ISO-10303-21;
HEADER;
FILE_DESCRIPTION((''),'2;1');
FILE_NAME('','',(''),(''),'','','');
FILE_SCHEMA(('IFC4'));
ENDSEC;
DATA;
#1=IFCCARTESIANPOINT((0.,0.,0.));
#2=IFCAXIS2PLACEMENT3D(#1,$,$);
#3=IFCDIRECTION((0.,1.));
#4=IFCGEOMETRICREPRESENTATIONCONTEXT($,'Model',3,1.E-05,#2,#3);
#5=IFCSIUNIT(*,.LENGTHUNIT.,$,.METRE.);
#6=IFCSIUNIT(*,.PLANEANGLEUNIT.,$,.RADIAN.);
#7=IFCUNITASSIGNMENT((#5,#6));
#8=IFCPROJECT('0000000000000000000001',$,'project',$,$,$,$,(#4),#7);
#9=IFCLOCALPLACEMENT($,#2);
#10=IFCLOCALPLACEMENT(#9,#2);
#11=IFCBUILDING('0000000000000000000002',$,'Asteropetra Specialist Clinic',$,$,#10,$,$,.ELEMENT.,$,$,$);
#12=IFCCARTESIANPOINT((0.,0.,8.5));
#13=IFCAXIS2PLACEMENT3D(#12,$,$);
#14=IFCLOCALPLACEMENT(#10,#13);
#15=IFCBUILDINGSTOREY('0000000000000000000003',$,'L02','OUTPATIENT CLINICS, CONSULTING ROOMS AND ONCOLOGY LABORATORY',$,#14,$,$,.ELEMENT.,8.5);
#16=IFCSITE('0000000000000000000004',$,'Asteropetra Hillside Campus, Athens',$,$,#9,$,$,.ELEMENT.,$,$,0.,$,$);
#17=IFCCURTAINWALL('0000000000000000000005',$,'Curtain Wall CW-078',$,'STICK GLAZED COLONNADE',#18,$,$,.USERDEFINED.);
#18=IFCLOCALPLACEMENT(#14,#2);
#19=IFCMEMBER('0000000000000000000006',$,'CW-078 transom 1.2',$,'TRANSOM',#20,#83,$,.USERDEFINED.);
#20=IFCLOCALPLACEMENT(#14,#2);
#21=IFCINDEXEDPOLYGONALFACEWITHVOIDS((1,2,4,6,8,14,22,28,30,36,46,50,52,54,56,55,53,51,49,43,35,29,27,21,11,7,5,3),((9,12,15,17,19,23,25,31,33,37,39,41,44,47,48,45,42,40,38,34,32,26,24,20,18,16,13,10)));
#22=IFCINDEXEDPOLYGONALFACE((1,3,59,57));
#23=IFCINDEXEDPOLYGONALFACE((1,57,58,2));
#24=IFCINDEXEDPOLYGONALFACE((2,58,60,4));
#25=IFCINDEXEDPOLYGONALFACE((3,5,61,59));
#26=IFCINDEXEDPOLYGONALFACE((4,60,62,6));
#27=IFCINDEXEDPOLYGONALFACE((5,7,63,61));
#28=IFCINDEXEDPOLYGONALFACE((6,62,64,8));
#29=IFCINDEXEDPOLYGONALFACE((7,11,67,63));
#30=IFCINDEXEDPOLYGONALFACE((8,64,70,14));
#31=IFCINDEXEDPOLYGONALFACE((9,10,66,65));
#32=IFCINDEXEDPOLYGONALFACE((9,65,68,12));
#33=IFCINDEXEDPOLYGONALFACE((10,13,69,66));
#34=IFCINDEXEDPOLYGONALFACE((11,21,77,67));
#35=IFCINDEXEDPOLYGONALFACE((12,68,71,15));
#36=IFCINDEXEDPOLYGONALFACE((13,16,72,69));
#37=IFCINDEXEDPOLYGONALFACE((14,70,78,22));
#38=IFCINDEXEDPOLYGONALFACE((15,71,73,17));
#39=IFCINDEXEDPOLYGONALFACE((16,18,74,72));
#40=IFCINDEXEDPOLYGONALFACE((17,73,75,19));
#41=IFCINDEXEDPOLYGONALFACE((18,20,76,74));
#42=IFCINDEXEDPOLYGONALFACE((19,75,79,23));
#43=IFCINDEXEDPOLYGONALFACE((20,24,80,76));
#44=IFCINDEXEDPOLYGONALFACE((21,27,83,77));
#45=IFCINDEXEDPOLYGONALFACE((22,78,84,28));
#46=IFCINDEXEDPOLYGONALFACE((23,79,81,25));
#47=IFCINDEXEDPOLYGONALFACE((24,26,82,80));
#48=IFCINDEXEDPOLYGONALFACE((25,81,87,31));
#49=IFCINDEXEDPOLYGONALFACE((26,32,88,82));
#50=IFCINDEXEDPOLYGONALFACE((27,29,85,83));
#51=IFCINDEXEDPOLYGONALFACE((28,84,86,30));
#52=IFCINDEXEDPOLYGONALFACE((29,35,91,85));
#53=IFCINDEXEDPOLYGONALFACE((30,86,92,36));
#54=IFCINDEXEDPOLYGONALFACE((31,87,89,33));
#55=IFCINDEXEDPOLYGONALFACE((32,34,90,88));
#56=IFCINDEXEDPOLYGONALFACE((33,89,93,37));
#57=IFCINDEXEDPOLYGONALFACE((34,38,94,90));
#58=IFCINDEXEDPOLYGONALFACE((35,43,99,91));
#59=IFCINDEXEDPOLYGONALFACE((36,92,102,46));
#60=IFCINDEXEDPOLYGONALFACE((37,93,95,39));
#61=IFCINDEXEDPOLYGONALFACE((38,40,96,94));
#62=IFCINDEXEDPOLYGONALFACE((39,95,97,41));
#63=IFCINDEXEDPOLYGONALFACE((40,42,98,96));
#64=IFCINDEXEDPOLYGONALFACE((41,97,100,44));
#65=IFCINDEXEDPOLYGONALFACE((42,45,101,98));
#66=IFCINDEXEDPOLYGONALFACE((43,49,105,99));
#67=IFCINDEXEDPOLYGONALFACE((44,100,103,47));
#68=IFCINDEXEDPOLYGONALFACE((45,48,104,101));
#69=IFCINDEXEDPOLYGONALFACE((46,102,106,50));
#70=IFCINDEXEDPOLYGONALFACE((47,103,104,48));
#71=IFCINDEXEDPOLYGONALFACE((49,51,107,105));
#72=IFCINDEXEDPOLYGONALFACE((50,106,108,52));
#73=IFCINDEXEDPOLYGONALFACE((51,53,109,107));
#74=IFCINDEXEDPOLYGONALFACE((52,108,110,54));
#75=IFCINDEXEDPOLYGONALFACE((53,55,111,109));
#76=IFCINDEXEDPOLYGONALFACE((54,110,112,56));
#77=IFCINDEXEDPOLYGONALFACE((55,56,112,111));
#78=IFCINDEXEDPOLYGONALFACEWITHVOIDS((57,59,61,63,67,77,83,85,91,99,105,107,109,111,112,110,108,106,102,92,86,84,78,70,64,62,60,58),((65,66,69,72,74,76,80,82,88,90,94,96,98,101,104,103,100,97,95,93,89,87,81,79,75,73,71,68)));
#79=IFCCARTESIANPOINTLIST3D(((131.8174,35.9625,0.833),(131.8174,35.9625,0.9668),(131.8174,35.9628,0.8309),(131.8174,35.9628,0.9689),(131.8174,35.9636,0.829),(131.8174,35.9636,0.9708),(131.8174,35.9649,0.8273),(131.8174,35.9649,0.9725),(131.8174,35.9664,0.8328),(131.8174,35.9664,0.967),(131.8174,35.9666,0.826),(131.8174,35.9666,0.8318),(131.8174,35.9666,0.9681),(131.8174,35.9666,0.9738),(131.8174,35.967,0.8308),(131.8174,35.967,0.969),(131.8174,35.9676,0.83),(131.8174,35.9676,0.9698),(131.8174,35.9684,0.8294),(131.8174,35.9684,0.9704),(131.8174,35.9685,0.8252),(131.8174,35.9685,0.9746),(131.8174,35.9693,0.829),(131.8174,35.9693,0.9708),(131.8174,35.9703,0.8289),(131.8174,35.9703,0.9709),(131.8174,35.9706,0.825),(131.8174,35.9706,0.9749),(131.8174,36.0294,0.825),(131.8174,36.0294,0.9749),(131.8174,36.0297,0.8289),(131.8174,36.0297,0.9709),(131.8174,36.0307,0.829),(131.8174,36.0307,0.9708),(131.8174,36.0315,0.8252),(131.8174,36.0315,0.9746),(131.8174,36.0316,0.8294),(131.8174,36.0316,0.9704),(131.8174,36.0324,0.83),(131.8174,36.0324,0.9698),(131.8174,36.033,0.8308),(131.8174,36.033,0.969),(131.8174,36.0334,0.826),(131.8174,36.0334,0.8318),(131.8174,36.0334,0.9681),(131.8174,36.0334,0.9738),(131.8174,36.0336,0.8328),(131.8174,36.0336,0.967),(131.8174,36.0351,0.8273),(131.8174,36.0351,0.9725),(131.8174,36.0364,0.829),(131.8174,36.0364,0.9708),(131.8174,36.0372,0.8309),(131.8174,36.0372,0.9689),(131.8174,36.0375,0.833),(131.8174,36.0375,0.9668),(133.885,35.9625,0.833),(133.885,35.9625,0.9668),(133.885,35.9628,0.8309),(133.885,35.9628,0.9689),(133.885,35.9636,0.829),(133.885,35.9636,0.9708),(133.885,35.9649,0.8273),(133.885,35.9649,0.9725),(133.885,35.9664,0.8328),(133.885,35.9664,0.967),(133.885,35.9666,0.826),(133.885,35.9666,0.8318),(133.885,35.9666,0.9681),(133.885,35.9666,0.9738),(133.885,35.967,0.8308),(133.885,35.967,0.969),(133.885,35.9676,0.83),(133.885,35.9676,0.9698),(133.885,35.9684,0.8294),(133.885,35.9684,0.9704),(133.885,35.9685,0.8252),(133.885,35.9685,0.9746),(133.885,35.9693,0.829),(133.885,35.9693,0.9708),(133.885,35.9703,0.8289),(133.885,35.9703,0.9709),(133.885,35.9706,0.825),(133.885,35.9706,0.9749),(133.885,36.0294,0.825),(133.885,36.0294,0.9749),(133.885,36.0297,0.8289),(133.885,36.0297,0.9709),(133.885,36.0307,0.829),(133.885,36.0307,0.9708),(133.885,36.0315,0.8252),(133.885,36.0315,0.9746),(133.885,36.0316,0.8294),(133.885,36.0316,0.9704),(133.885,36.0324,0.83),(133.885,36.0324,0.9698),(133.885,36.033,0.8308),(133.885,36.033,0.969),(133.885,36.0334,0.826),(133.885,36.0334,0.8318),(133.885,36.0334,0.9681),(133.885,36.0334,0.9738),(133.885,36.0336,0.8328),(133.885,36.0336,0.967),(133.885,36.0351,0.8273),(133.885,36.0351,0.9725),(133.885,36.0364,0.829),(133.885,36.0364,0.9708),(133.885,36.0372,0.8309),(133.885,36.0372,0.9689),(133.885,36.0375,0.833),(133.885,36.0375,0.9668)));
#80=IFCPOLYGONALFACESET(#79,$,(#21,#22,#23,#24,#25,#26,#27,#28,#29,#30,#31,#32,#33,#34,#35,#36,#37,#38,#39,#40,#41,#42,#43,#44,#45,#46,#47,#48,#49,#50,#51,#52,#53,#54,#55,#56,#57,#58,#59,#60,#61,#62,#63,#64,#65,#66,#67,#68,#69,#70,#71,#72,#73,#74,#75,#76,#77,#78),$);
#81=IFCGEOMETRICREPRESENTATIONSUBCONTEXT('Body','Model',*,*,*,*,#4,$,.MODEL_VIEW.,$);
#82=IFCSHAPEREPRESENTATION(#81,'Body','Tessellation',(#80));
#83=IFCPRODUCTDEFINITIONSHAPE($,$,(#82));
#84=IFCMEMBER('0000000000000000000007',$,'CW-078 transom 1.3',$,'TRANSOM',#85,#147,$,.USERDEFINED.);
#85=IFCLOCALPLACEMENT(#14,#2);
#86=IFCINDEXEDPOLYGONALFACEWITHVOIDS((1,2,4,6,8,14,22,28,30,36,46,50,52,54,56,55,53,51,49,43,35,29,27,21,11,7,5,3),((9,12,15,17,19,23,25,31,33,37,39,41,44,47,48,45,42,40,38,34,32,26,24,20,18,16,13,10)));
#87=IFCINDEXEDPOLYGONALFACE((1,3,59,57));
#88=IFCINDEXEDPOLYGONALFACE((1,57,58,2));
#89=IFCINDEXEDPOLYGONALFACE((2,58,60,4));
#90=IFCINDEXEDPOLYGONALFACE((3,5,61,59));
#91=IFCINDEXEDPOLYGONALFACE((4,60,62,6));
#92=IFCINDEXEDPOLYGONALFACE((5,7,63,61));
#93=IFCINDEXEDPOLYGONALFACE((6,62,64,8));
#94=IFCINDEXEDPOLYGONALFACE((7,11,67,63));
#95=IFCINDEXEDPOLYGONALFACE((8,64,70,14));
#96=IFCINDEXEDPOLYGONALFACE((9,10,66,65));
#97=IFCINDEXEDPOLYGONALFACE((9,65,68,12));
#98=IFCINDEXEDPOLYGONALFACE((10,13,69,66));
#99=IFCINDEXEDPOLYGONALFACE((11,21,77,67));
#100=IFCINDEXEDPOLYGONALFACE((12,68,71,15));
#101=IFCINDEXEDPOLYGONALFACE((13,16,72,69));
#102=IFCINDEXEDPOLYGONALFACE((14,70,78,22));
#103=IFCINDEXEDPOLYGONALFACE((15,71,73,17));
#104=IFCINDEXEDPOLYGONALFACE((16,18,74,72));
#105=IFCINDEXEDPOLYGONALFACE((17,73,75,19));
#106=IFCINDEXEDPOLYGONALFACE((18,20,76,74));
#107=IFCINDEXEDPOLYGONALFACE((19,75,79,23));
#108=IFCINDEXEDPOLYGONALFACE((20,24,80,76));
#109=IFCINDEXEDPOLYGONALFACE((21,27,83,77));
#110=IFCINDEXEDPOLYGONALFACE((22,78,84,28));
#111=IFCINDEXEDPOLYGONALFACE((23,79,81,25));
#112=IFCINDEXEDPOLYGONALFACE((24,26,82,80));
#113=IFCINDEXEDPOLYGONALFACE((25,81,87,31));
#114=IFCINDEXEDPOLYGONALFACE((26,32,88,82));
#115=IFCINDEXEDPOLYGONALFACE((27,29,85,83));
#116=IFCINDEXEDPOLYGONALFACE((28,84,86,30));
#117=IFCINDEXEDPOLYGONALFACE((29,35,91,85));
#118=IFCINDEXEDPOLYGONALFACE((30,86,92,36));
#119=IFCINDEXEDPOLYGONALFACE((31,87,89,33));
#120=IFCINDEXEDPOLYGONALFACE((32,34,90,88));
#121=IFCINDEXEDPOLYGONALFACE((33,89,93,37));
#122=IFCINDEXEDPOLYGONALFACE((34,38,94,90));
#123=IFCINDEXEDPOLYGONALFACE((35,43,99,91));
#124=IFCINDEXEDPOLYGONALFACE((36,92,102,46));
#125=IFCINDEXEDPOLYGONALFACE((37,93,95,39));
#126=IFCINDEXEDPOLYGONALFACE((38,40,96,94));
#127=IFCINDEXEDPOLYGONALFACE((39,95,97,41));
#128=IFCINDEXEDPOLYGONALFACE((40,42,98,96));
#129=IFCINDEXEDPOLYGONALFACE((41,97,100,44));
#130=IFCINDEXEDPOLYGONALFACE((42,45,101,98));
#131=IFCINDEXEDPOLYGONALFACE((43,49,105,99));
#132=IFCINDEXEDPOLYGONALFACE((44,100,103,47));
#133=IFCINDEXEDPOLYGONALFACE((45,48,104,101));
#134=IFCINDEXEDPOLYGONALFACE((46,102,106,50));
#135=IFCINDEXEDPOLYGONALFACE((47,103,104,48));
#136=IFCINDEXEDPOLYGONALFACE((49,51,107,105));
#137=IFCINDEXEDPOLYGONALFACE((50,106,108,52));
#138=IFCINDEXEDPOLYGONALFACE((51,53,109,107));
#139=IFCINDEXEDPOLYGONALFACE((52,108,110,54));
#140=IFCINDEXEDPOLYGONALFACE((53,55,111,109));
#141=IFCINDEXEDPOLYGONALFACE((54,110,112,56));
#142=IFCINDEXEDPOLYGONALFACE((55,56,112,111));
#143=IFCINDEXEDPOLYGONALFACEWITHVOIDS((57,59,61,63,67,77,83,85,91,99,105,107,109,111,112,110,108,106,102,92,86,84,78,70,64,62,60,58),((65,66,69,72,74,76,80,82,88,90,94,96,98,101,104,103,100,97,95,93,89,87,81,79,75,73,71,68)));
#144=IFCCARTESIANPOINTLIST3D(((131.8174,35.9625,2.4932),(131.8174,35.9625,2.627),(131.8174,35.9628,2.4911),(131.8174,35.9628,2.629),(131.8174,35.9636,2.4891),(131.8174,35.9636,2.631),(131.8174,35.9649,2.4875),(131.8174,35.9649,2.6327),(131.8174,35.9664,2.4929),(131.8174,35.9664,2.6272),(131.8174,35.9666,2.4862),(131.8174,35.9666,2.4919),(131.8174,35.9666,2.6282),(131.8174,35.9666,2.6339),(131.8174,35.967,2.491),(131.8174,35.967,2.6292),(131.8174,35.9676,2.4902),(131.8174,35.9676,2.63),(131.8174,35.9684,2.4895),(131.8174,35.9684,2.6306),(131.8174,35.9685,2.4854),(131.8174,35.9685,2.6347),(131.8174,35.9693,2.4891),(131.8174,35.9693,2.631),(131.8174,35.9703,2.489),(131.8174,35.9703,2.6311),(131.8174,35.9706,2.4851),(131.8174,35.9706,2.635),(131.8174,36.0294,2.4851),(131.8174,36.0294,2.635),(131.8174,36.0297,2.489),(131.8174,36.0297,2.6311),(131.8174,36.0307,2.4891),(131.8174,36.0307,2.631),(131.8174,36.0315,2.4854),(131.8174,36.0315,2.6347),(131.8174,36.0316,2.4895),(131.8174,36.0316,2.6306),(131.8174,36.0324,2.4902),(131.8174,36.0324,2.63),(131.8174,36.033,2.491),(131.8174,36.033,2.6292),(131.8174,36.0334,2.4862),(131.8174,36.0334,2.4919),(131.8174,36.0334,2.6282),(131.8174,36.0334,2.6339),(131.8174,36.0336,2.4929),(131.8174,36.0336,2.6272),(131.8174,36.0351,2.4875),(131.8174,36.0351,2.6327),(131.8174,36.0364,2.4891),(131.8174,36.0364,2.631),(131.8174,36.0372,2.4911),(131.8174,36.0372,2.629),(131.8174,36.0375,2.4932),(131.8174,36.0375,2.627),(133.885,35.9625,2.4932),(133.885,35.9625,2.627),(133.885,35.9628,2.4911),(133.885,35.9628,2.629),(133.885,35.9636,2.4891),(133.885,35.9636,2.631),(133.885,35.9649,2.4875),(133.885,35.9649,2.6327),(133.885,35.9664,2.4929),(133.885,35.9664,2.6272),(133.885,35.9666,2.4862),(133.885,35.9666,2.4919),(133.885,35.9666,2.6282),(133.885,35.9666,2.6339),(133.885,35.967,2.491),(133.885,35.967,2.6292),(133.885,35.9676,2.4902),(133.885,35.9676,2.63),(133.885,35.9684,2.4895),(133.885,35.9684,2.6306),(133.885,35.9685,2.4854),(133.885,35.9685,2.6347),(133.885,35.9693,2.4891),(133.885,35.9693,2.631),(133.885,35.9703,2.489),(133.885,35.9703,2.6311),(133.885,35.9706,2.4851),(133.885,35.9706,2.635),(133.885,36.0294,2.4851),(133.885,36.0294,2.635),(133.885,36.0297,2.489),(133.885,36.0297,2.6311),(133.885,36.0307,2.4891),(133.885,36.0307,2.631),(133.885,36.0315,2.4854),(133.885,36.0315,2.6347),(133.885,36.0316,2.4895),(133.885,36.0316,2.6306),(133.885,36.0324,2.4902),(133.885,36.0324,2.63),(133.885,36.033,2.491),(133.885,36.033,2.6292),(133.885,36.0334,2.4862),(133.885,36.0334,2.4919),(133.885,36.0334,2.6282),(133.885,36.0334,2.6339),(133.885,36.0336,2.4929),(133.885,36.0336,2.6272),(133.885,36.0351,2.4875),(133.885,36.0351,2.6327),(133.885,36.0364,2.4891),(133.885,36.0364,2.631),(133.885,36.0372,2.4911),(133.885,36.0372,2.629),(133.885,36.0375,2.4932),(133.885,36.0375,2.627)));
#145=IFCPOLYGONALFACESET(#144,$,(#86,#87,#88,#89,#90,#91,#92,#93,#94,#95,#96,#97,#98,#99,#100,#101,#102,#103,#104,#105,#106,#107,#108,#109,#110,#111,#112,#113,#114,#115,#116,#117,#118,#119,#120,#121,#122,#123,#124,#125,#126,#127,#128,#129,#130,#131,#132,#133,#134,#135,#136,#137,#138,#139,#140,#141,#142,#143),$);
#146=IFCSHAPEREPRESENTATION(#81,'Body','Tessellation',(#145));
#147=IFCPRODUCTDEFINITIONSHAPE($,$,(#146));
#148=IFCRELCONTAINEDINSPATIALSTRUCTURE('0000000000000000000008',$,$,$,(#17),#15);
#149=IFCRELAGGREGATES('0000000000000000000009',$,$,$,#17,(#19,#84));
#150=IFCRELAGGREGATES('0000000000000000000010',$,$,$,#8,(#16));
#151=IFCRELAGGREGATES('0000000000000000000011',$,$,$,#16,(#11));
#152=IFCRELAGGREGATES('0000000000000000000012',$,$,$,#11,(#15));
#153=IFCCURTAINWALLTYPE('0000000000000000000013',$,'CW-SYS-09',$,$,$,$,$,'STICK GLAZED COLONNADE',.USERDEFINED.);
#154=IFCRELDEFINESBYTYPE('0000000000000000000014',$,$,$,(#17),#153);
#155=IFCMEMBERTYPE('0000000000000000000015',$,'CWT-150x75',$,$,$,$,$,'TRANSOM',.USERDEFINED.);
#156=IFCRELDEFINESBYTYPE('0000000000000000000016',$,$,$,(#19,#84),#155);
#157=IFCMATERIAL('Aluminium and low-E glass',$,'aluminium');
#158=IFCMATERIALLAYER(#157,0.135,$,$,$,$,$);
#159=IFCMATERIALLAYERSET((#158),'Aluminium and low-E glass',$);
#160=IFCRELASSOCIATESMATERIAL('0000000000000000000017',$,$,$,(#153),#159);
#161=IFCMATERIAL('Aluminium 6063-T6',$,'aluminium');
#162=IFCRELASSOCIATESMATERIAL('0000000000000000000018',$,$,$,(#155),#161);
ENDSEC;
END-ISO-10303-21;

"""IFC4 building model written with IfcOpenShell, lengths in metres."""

from ifc_helpers import new_model, si_unit, direction, frame, origin, origin_2d, place, context, subcontext, project, spatial, hollow_rectangle, extrude, material, layer, layer_set, material_profile, profile_set, type_object, element, aggregate, save


model = new_model("IFC4")

# Units and contexts
model_context = context("Model", 3, precision=1e-05, world=origin(), true_north=direction((0.0, 1.0)))
body_context = subcontext(model_context, "Body", "Model", "MODEL_VIEW")
ifc_project = project(units=[si_unit("LENGTHUNIT", "METRE"), si_unit("PLANEANGLEUNIT", "RADIAN")], contexts=[model_context])

# Site, building, storey
site_placement = place(None, origin())
site = spatial("IfcSite", under=ifc_project, at=site_placement, Name="Asteropetra Hillside Campus, Athens", CompositionType="ELEMENT", RefElevation=0.0)
building_placement = place(site_placement, origin())
building = spatial("IfcBuilding", under=site, at=building_placement, Name="Asteropetra Specialist Clinic", CompositionType="ELEMENT")
storey_placement = place(building_placement, frame((0.0, 0.0, 8.5)))
storey = spatial("IfcBuildingStorey", under=building, at=storey_placement, Name="L02", Description="OUTPATIENT CLINICS, CONSULTING ROOMS AND ONCOLOGY LABORATORY", CompositionType="ELEMENT", Elevation=8.5)

# Curtain wall, members
ifc_material_1 = material(Name="Aluminium and low-E glass", Category="aluminium")
ifc_layer_1 = layer(ifc_material_1, 0.135)
ifc_layer_set_1 = layer_set([ifc_layer_1], Name="Aluminium and low-E glass")
curtain_wall_type = type_object("IfcCurtainWallType", Name="CW-SYS-09", ElementType="STICK GLAZED COLONNADE", PredefinedType="USERDEFINED", material=ifc_layer_set_1)
curtain_wall_placement = place(storey_placement, origin())
curtain_wall = element("IfcCurtainWall", 1, at=curtain_wall_placement, inside=storey, type_object=curtain_wall_type, Name="Curtain Wall CW-078", ObjectType="STICK GLAZED COLONNADE", PredefinedType="USERDEFINED")
ifc_material_2 = material(Name="Aluminium 6063-T6", Category="aluminium")
ifc_material_profile_1 = material_profile(ifc_material_2, hollow_rectangle(XDim=0.075, YDim=0.1499, WallThickness=0.0039, InnerFilletRadius=0.0039, OuterFilletRadius=0.0081, at=origin_2d()), Name="TRN 150x75x4.0")
ifc_profile_set_1 = profile_set([ifc_material_profile_1], Name="Aluminium 6063-T6")
member_type_1 = type_object("IfcMemberType", Name="CWT-150x75", ElementType="TRANSOM", PredefinedType="USERDEFINED", material=ifc_profile_set_1)
member_1_placement = place(storey_placement, frame((133.885, 36.0, 0.8999), z_axis=(-1.0, 0.0, 0.0), x_axis=(0.0, -1.0, 0.0)))
member_1 = element("IfcMember", 2, at=member_1_placement, type_object=member_type_1, Name="CW-078 transom 1.2", ObjectType="TRANSOM", PredefinedType="USERDEFINED", context=body_context, shape_type="SweptSolid", body=[
    extrude(hollow_rectangle(XDim=0.075, YDim=0.1499, WallThickness=0.0039, InnerFilletRadius=0.0039, OuterFilletRadius=0.0081, at=origin_2d()), origin(), (0.0, 0.0, 1.0), 2.0676),
])
member_2_placement = place(storey_placement, frame((133.885, 36.0, 2.5601), z_axis=(-1.0, 0.0, 0.0), x_axis=(0.0, -1.0, 0.0)))
member_2 = element("IfcMember", 3, at=member_2_placement, type_object=member_type_1, Name="CW-078 transom 1.3", ObjectType="TRANSOM", PredefinedType="USERDEFINED", context=body_context, shape_type="SweptSolid", body=[
    extrude(hollow_rectangle(XDim=0.075, YDim=0.1499, WallThickness=0.0039, InnerFilletRadius=0.0039, OuterFilletRadius=0.0081, at=origin_2d()), origin(), (0.0, 0.0, 1.0), 2.0676),
])

aggregate(curtain_wall, [member_1, member_2])

save(model, "model.ifc")
